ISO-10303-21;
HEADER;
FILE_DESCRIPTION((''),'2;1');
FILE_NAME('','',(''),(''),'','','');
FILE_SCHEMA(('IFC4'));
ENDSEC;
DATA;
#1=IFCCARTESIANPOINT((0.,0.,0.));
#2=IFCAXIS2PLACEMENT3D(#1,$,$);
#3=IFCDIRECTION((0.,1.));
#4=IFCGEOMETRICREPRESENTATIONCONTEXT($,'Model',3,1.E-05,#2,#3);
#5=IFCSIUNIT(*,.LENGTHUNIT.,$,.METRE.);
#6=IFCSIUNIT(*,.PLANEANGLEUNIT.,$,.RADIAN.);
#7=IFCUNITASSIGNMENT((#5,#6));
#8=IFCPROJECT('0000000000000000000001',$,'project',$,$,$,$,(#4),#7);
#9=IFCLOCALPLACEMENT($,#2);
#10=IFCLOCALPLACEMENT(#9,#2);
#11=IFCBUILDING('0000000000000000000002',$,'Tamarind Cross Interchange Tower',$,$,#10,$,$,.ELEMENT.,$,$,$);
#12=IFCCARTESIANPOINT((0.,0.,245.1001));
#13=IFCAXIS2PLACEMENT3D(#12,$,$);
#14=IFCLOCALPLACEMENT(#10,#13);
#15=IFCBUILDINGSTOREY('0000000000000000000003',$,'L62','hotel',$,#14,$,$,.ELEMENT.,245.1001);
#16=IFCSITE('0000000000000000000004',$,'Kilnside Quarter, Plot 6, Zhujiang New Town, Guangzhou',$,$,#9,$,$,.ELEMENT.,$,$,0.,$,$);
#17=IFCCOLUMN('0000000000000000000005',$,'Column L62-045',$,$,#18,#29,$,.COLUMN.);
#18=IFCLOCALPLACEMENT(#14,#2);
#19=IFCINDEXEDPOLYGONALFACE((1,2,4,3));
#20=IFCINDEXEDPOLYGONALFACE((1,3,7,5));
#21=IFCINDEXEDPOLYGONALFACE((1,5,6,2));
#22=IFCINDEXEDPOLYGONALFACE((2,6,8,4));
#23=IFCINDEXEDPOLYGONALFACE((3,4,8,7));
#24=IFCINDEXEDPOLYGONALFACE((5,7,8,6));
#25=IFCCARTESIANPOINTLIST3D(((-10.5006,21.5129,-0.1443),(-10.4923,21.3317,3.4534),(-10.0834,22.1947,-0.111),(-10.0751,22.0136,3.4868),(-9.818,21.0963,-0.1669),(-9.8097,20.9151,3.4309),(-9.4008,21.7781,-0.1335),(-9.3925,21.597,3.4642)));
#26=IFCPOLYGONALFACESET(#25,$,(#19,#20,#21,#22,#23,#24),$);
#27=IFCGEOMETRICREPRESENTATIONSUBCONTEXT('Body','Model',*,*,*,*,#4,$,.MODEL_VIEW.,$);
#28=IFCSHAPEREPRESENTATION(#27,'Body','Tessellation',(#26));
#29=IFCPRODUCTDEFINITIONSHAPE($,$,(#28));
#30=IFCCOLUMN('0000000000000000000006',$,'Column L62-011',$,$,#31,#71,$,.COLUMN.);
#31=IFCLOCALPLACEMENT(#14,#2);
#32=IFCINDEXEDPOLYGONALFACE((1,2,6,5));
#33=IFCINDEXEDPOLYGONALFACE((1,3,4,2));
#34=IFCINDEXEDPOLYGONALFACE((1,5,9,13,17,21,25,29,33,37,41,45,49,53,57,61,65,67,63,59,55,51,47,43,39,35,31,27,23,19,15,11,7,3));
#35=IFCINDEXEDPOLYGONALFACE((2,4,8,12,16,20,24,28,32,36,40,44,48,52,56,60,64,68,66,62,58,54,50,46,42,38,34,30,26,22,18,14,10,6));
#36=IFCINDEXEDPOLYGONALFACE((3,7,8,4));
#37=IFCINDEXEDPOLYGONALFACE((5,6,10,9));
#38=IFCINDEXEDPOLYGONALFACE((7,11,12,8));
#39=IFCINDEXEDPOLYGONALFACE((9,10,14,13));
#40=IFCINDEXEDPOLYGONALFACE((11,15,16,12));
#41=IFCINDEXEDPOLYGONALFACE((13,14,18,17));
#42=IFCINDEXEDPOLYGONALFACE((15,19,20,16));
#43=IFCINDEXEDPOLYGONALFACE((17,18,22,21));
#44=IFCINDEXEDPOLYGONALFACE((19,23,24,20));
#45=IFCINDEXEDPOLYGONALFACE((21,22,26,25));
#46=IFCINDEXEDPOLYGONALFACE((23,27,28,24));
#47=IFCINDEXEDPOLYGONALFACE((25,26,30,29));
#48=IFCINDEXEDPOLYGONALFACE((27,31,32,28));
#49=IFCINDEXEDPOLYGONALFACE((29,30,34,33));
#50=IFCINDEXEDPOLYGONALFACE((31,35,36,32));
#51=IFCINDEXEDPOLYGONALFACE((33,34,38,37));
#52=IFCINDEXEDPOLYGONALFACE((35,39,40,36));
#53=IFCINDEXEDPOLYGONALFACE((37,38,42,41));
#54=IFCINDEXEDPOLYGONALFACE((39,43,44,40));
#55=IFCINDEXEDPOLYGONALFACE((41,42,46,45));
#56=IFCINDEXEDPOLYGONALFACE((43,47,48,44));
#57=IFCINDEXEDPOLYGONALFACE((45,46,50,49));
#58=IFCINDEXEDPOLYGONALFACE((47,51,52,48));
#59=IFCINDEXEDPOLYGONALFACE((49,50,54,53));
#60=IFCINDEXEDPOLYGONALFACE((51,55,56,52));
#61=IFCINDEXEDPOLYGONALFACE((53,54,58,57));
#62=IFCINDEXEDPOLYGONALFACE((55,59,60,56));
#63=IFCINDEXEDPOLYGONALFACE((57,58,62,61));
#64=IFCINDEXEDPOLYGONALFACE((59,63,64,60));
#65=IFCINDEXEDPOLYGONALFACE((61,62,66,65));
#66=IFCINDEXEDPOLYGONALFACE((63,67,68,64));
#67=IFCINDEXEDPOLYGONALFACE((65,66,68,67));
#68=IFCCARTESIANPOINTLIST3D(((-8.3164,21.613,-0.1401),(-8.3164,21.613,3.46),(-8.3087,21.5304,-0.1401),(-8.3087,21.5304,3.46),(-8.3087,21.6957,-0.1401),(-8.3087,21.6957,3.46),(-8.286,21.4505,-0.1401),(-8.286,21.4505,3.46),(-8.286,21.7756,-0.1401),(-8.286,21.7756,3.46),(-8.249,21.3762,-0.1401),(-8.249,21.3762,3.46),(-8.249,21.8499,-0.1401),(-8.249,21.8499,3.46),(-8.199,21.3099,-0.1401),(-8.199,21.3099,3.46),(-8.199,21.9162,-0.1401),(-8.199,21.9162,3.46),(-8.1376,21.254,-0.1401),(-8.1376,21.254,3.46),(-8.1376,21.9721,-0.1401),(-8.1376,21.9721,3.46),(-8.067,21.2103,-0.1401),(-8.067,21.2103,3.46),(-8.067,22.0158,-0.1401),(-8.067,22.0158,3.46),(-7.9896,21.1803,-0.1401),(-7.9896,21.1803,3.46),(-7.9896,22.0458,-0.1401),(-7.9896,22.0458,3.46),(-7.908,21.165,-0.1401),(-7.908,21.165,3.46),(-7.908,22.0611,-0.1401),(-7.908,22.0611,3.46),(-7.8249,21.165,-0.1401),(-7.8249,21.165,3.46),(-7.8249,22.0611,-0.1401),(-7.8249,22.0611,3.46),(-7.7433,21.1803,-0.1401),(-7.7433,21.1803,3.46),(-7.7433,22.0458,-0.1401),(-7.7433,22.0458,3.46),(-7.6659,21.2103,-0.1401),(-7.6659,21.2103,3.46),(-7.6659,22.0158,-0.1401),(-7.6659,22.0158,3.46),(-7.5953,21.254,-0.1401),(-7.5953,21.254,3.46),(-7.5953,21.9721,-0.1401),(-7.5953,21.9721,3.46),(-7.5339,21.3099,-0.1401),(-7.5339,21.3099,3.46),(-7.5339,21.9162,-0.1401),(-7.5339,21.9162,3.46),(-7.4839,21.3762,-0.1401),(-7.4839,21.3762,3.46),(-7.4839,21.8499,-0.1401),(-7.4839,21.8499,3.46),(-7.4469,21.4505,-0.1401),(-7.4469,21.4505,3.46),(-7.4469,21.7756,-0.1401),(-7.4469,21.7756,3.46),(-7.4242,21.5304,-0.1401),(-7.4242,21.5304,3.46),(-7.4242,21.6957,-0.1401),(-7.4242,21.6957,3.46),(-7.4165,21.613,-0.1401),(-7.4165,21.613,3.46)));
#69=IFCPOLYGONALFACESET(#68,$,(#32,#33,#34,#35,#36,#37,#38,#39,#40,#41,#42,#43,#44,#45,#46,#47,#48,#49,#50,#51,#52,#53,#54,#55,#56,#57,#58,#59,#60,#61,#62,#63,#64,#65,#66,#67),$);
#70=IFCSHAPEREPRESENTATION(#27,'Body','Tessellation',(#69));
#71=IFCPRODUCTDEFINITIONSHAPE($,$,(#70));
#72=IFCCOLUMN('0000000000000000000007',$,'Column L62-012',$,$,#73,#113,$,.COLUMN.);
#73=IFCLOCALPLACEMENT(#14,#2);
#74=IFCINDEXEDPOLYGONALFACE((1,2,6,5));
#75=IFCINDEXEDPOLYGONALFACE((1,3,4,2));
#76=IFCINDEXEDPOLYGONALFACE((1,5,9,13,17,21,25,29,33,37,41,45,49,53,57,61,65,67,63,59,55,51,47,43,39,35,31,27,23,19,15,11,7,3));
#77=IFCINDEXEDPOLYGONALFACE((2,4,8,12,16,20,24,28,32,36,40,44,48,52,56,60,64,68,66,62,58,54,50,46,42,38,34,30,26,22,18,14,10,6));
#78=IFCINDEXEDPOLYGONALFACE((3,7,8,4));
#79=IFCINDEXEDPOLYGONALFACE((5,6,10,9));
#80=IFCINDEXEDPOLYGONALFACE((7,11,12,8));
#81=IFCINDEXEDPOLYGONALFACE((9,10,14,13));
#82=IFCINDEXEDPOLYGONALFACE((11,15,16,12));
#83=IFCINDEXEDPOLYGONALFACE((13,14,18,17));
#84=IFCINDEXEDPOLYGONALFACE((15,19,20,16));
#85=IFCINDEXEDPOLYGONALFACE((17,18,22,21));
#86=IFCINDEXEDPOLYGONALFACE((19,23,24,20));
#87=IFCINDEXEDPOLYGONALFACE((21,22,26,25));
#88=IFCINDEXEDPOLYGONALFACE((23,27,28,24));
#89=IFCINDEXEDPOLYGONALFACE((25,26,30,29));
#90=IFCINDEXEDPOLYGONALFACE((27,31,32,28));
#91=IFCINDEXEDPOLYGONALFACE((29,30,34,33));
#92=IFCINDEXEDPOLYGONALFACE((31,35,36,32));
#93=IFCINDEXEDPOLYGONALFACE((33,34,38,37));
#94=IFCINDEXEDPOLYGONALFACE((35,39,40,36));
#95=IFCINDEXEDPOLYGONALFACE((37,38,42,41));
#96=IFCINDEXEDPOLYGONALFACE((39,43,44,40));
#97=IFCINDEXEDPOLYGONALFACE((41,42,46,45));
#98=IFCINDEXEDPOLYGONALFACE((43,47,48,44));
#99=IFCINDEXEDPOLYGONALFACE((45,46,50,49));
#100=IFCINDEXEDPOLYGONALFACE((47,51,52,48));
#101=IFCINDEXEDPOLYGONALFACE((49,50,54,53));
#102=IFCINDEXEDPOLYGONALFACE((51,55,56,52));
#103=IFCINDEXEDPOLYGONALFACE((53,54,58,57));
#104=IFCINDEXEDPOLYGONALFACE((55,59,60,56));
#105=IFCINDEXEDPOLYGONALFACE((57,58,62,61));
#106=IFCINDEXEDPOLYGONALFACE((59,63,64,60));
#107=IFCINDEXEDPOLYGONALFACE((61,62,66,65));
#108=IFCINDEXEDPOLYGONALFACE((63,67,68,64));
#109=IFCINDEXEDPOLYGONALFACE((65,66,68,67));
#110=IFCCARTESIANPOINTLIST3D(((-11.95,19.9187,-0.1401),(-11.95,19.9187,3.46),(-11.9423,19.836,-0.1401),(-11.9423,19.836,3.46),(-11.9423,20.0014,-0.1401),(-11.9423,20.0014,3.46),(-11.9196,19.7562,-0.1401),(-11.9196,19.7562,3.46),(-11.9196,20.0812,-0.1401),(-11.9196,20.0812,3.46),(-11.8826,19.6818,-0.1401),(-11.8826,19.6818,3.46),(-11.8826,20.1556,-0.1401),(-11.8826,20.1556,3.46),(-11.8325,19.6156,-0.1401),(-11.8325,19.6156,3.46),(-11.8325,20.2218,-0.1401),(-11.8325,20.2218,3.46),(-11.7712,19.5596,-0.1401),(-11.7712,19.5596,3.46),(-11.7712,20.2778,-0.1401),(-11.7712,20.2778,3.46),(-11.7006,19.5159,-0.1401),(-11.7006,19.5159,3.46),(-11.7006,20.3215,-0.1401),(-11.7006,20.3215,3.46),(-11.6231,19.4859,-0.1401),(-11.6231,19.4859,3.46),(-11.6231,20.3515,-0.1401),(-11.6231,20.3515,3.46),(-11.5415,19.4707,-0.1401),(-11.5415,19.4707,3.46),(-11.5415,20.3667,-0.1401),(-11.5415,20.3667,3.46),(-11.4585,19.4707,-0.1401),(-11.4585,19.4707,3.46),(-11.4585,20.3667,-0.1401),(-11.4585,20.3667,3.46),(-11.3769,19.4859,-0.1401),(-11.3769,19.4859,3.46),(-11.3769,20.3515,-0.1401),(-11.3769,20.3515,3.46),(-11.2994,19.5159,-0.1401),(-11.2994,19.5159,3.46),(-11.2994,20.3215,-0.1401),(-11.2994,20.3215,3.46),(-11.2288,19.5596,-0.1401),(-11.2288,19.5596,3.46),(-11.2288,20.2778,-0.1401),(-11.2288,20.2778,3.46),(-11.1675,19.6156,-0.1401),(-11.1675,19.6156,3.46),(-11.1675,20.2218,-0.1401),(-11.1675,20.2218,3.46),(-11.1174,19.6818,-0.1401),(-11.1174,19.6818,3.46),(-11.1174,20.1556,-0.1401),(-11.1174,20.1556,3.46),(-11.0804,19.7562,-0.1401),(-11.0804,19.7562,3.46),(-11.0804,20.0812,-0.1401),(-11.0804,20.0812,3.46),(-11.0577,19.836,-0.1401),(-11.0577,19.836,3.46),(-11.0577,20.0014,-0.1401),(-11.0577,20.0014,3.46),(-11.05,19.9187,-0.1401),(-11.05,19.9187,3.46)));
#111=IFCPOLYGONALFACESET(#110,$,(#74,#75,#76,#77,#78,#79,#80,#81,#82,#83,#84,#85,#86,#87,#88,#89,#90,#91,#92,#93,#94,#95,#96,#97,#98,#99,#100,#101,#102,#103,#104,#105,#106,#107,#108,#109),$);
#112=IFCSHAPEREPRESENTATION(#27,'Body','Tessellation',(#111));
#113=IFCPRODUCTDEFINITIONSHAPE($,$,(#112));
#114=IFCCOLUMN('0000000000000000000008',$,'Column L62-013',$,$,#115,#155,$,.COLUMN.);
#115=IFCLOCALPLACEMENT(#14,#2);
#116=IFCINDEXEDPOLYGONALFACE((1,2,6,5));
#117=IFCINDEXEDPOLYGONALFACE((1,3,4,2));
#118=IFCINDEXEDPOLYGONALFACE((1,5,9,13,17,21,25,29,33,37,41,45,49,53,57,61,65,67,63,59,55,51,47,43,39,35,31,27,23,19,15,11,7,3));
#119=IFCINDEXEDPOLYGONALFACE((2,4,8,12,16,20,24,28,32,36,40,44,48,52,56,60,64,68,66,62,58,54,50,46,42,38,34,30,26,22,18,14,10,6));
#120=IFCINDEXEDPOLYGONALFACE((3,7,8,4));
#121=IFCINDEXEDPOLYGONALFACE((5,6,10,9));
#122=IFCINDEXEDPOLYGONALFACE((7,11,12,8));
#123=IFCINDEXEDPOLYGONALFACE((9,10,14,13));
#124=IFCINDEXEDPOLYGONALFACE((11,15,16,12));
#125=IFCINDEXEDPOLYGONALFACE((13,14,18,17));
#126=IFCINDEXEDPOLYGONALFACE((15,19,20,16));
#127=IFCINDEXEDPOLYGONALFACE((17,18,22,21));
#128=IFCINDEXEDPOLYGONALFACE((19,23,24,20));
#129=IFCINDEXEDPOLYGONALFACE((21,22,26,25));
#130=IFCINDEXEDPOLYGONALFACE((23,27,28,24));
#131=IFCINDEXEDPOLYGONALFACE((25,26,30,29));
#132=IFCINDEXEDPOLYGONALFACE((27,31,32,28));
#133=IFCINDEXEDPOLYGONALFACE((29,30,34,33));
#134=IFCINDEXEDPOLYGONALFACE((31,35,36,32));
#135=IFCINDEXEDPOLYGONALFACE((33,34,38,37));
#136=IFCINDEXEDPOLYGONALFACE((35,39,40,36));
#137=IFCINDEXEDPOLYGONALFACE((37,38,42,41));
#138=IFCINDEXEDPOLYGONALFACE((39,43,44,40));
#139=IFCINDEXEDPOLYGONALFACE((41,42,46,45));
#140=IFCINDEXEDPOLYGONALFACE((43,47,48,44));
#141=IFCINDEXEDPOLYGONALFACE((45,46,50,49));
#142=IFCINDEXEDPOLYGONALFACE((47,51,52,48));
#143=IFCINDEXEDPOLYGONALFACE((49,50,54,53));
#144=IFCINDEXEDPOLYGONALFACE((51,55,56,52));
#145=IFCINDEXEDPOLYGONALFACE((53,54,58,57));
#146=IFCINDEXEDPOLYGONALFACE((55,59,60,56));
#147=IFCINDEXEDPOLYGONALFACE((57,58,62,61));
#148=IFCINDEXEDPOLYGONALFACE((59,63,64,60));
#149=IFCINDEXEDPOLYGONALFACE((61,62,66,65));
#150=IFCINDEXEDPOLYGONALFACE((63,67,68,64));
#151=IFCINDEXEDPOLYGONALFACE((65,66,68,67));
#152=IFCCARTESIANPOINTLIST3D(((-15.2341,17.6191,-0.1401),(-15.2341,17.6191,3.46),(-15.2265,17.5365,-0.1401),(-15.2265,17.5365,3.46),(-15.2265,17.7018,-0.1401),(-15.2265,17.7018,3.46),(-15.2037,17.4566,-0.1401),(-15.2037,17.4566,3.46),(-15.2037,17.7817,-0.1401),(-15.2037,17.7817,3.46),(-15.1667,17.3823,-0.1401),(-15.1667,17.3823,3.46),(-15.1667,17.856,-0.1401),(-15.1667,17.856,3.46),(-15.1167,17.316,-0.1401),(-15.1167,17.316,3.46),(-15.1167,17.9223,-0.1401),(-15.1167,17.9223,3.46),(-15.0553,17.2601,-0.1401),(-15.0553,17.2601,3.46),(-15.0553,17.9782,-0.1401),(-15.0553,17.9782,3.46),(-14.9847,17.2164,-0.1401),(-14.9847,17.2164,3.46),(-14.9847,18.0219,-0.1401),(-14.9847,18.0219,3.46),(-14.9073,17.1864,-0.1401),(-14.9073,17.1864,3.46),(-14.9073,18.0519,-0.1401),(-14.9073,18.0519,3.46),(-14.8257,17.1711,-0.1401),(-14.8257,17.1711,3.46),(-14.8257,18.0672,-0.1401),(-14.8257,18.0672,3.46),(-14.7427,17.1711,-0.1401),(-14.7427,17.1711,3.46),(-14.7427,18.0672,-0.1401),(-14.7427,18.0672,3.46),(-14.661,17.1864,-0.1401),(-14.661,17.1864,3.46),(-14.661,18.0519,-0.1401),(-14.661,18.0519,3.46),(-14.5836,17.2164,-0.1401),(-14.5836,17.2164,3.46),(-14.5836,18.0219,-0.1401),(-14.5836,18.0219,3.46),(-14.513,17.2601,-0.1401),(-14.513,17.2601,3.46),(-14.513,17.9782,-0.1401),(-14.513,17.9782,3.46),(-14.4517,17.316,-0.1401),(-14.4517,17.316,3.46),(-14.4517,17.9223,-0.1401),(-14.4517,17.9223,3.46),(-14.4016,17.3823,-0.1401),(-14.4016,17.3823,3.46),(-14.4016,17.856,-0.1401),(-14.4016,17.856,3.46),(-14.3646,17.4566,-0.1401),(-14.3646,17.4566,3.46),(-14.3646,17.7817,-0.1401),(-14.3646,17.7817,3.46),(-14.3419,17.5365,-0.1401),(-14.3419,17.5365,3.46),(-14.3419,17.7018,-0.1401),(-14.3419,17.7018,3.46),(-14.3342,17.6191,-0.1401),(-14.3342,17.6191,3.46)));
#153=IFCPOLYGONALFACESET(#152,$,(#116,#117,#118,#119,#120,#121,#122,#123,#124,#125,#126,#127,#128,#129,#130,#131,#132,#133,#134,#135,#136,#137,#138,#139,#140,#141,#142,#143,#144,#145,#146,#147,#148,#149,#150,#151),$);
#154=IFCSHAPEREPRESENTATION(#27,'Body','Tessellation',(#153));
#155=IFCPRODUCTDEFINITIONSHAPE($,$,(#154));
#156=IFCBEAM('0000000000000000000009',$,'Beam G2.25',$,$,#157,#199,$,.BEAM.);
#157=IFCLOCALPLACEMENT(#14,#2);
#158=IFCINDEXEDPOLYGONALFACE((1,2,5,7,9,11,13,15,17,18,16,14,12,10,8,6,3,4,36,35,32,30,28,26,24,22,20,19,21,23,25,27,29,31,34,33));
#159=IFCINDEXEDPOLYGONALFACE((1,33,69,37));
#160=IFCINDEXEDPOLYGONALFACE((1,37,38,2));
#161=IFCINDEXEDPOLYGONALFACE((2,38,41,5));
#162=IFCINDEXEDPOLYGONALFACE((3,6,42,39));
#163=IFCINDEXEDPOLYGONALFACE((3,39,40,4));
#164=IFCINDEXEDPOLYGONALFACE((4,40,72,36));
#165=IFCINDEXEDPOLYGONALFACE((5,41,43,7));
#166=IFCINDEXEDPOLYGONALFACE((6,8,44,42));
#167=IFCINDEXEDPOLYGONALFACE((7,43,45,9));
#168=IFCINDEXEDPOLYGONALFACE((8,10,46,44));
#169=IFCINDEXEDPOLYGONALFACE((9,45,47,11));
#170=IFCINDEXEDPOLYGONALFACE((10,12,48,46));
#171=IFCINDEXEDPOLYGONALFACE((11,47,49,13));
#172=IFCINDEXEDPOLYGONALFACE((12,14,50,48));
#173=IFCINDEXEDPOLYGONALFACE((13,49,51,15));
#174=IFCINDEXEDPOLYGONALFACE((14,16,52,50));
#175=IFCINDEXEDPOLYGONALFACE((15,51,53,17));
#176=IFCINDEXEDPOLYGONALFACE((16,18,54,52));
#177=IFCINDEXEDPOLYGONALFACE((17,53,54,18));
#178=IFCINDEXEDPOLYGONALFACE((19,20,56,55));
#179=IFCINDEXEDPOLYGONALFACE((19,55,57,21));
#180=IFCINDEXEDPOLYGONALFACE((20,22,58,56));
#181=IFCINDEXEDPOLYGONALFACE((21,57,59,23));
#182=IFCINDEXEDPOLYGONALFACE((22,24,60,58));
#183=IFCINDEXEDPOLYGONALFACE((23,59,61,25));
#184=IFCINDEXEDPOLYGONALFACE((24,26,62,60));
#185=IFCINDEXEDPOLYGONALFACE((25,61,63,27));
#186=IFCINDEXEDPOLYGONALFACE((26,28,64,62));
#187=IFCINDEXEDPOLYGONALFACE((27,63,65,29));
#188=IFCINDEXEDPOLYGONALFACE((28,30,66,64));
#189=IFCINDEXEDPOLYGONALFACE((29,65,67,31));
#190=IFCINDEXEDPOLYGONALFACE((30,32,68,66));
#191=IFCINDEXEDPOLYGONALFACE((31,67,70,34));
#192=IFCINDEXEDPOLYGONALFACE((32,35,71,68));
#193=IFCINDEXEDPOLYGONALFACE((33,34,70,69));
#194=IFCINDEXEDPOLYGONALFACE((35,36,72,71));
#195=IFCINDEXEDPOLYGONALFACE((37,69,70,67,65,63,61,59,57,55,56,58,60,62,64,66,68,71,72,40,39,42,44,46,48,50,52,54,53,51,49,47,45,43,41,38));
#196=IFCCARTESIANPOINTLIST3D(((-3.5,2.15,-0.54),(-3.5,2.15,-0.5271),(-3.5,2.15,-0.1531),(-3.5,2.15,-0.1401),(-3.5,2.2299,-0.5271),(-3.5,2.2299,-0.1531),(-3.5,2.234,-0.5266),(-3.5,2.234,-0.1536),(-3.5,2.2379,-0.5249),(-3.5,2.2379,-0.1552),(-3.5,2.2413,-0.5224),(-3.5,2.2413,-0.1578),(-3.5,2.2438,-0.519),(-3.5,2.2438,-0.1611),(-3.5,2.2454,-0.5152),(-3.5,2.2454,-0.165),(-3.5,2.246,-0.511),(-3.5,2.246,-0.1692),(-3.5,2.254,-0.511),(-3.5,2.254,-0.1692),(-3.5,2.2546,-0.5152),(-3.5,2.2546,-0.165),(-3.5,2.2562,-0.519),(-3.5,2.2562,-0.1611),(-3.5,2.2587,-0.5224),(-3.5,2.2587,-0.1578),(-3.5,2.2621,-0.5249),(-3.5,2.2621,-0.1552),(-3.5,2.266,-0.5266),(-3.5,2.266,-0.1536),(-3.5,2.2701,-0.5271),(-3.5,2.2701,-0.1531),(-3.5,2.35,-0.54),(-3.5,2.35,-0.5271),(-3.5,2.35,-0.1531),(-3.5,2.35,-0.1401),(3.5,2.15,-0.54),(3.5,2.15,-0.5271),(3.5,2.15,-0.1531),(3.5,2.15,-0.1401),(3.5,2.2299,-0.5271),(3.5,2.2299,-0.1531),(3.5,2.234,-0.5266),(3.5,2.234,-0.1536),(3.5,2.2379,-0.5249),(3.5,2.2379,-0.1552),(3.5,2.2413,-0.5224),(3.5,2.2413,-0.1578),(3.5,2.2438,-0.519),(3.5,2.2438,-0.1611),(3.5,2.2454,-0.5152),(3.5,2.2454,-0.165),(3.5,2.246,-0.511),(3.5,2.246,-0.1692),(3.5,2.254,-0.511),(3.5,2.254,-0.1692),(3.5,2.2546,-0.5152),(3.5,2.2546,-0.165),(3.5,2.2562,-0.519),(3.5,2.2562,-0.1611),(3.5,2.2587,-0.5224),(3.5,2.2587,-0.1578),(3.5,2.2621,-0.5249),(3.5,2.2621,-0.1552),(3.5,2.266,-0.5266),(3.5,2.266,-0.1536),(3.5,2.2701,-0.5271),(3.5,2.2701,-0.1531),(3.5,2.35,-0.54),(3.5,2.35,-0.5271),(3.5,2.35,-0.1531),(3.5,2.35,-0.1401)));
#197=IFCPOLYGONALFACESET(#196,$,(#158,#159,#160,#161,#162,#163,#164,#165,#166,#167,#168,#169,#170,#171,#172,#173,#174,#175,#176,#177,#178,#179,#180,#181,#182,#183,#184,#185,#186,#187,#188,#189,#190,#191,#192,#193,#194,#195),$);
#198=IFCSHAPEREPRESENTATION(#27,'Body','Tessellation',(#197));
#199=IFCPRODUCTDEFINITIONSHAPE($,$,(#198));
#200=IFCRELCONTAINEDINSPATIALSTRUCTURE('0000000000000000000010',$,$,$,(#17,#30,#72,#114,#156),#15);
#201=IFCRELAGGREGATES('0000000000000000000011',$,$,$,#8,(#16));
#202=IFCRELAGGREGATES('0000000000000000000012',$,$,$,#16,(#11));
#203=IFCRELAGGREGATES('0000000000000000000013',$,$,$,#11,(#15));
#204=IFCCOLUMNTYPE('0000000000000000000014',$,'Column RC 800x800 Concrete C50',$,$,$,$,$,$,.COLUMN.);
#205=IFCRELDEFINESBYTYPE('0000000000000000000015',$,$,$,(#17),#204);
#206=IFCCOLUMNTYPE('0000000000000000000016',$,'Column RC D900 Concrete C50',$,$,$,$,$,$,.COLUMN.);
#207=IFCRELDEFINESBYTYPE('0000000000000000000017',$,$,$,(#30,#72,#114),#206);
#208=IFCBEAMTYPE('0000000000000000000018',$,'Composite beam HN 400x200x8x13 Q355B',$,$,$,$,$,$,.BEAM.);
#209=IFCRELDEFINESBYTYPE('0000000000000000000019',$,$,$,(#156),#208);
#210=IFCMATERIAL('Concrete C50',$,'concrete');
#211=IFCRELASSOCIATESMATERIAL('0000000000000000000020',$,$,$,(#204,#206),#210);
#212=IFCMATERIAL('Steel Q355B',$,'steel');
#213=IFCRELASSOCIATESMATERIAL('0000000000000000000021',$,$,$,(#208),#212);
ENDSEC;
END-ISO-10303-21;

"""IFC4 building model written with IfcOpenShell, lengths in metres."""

from ifc_helpers import new_model, si_unit, direction, frame, origin, origin_2d, place, context, subcontext, project, spatial, rectangle, circle, i_section, extrude, material, material_profile, profile_set, type_object, element, save


model = new_model("IFC4")

# Units and contexts
model_context = context("Model", 3, precision=1e-05, world=origin(), true_north=direction((0.0, 1.0)))
body_context = subcontext(model_context, "Body", "Model", "MODEL_VIEW")
ifc_project = project(units=[si_unit("LENGTHUNIT", "METRE"), si_unit("PLANEANGLEUNIT", "RADIAN")], contexts=[model_context])

# Site, building, storey
site_placement = place(None, origin())
site = spatial("IfcSite", under=ifc_project, at=site_placement, Name="Kilnside Quarter, Plot 6, Zhujiang New Town, Guangzhou", CompositionType="ELEMENT", RefElevation=0.0)
building_placement = place(site_placement, origin())
building = spatial("IfcBuilding", under=site, at=building_placement, Name="Tamarind Cross Interchange Tower", CompositionType="ELEMENT")
storey_placement = place(building_placement, frame((0.0, 0.0, 245.1001)))
storey = spatial("IfcBuildingStorey", under=building, at=storey_placement, Name="L62", Description="hotel", CompositionType="ELEMENT", Elevation=245.1001)

# Columns
ifc_material_1 = material(Name="Concrete C50", Category="concrete")
ifc_material_profile_1 = material_profile(ifc_material_1, rectangle(XDim=0.8, YDim=0.8, at=origin_2d()), Name="RC 800x800")
ifc_profile_set_1 = profile_set([ifc_material_profile_1], Name="Concrete C50")
column_type_1 = type_object("IfcColumnType", Name="Column RC 800x800 Concrete C50", PredefinedType="COLUMN", material=ifc_profile_set_1)
column_placement = place(storey_placement, frame((-9.9507, 21.6455, -0.1389), z_axis=(0.002304, -0.050289, 0.998732), x_axis=(0.521494, 0.852235, 0.041709)))
element("IfcColumn", 1, at=column_placement, inside=storey, type_object=column_type_1, Name="Column L62-045", PredefinedType="COLUMN", context=body_context, shape_type="SweptSolid", body=[
    extrude(rectangle(XDim=0.8, YDim=0.8, at=origin_2d()), origin(), (0.0, 0.0, 1.0), 3.6023),
])
ifc_material_profile_2 = material_profile(ifc_material_1, circle(Radius=0.45, at=origin_2d()), Name="RC D900")
ifc_profile_set_2 = profile_set([ifc_material_profile_2], Name="Concrete C50")
column_type_2 = type_object("IfcColumnType", Name="Column RC D900 Concrete C50", PredefinedType="COLUMN", material=ifc_profile_set_2)
for number, where, z_axis, x_axis, name in (
    (2, (-7.8665, 21.613, -0.1401), (0.0, 0.0, 1.0), (1.0, 0.0, 0.0), "Column L62-011"),
    (3, (-11.5, 19.9187, -0.1401), (0.0, 0.0, 1.0), (1.0, 0.0, 0.0), "Column L62-012"),
    (4, (-14.7842, 17.6191, -0.1401), (0.0, 0.0, 1.0), (1.0, 0.0, 0.0), "Column L62-013"),
):
    element("IfcColumn", number, at=place(storey_placement, frame(where, z_axis=z_axis, x_axis=x_axis)), inside=storey, type_object=column_type_2, Name=name, PredefinedType="COLUMN", context=body_context, shape_type="SweptSolid", body=[
        extrude(circle(Radius=0.45, at=origin_2d()), origin(), (0.0, 0.0, 1.0), 3.6001),
    ])

# Beam
ifc_material_2 = material(Name="Steel Q355B", Category="steel")
ifc_material_profile_3 = material_profile(ifc_material_2, i_section(OverallWidth=0.2, OverallDepth=0.3999, WebThickness=0.0081, FlangeThickness=0.0129, FilletRadius=0.0161, at=origin_2d()), Name="HN 400x200x8x13")
ifc_profile_set_3 = profile_set([ifc_material_profile_3], Name="Steel Q355B")
beam_type_1 = type_object("IfcBeamType", Name="Composite beam HN 400x200x8x13 Q355B", PredefinedType="BEAM", material=ifc_profile_set_3)
for number, where, z_axis, x_axis, name in (
    (5, (-3.5, 2.25, -0.3401), (1.0, 0.0, 0.0), (0.0, 1.0, 0.0), "Beam G2.25"),
):
    element("IfcBeam", number, at=place(storey_placement, frame(where, z_axis=z_axis, x_axis=x_axis)), inside=storey, type_object=beam_type_1, Name=name, PredefinedType="BEAM", context=body_context, shape_type="SweptSolid", body=[
        extrude(i_section(OverallWidth=0.2, OverallDepth=0.3999, WebThickness=0.0081, FlangeThickness=0.0129, FilletRadius=0.0161, at=origin_2d()), origin(), (0.0, 0.0, 1.0), 7.0),
    ])

save(model, "model.ifc")
